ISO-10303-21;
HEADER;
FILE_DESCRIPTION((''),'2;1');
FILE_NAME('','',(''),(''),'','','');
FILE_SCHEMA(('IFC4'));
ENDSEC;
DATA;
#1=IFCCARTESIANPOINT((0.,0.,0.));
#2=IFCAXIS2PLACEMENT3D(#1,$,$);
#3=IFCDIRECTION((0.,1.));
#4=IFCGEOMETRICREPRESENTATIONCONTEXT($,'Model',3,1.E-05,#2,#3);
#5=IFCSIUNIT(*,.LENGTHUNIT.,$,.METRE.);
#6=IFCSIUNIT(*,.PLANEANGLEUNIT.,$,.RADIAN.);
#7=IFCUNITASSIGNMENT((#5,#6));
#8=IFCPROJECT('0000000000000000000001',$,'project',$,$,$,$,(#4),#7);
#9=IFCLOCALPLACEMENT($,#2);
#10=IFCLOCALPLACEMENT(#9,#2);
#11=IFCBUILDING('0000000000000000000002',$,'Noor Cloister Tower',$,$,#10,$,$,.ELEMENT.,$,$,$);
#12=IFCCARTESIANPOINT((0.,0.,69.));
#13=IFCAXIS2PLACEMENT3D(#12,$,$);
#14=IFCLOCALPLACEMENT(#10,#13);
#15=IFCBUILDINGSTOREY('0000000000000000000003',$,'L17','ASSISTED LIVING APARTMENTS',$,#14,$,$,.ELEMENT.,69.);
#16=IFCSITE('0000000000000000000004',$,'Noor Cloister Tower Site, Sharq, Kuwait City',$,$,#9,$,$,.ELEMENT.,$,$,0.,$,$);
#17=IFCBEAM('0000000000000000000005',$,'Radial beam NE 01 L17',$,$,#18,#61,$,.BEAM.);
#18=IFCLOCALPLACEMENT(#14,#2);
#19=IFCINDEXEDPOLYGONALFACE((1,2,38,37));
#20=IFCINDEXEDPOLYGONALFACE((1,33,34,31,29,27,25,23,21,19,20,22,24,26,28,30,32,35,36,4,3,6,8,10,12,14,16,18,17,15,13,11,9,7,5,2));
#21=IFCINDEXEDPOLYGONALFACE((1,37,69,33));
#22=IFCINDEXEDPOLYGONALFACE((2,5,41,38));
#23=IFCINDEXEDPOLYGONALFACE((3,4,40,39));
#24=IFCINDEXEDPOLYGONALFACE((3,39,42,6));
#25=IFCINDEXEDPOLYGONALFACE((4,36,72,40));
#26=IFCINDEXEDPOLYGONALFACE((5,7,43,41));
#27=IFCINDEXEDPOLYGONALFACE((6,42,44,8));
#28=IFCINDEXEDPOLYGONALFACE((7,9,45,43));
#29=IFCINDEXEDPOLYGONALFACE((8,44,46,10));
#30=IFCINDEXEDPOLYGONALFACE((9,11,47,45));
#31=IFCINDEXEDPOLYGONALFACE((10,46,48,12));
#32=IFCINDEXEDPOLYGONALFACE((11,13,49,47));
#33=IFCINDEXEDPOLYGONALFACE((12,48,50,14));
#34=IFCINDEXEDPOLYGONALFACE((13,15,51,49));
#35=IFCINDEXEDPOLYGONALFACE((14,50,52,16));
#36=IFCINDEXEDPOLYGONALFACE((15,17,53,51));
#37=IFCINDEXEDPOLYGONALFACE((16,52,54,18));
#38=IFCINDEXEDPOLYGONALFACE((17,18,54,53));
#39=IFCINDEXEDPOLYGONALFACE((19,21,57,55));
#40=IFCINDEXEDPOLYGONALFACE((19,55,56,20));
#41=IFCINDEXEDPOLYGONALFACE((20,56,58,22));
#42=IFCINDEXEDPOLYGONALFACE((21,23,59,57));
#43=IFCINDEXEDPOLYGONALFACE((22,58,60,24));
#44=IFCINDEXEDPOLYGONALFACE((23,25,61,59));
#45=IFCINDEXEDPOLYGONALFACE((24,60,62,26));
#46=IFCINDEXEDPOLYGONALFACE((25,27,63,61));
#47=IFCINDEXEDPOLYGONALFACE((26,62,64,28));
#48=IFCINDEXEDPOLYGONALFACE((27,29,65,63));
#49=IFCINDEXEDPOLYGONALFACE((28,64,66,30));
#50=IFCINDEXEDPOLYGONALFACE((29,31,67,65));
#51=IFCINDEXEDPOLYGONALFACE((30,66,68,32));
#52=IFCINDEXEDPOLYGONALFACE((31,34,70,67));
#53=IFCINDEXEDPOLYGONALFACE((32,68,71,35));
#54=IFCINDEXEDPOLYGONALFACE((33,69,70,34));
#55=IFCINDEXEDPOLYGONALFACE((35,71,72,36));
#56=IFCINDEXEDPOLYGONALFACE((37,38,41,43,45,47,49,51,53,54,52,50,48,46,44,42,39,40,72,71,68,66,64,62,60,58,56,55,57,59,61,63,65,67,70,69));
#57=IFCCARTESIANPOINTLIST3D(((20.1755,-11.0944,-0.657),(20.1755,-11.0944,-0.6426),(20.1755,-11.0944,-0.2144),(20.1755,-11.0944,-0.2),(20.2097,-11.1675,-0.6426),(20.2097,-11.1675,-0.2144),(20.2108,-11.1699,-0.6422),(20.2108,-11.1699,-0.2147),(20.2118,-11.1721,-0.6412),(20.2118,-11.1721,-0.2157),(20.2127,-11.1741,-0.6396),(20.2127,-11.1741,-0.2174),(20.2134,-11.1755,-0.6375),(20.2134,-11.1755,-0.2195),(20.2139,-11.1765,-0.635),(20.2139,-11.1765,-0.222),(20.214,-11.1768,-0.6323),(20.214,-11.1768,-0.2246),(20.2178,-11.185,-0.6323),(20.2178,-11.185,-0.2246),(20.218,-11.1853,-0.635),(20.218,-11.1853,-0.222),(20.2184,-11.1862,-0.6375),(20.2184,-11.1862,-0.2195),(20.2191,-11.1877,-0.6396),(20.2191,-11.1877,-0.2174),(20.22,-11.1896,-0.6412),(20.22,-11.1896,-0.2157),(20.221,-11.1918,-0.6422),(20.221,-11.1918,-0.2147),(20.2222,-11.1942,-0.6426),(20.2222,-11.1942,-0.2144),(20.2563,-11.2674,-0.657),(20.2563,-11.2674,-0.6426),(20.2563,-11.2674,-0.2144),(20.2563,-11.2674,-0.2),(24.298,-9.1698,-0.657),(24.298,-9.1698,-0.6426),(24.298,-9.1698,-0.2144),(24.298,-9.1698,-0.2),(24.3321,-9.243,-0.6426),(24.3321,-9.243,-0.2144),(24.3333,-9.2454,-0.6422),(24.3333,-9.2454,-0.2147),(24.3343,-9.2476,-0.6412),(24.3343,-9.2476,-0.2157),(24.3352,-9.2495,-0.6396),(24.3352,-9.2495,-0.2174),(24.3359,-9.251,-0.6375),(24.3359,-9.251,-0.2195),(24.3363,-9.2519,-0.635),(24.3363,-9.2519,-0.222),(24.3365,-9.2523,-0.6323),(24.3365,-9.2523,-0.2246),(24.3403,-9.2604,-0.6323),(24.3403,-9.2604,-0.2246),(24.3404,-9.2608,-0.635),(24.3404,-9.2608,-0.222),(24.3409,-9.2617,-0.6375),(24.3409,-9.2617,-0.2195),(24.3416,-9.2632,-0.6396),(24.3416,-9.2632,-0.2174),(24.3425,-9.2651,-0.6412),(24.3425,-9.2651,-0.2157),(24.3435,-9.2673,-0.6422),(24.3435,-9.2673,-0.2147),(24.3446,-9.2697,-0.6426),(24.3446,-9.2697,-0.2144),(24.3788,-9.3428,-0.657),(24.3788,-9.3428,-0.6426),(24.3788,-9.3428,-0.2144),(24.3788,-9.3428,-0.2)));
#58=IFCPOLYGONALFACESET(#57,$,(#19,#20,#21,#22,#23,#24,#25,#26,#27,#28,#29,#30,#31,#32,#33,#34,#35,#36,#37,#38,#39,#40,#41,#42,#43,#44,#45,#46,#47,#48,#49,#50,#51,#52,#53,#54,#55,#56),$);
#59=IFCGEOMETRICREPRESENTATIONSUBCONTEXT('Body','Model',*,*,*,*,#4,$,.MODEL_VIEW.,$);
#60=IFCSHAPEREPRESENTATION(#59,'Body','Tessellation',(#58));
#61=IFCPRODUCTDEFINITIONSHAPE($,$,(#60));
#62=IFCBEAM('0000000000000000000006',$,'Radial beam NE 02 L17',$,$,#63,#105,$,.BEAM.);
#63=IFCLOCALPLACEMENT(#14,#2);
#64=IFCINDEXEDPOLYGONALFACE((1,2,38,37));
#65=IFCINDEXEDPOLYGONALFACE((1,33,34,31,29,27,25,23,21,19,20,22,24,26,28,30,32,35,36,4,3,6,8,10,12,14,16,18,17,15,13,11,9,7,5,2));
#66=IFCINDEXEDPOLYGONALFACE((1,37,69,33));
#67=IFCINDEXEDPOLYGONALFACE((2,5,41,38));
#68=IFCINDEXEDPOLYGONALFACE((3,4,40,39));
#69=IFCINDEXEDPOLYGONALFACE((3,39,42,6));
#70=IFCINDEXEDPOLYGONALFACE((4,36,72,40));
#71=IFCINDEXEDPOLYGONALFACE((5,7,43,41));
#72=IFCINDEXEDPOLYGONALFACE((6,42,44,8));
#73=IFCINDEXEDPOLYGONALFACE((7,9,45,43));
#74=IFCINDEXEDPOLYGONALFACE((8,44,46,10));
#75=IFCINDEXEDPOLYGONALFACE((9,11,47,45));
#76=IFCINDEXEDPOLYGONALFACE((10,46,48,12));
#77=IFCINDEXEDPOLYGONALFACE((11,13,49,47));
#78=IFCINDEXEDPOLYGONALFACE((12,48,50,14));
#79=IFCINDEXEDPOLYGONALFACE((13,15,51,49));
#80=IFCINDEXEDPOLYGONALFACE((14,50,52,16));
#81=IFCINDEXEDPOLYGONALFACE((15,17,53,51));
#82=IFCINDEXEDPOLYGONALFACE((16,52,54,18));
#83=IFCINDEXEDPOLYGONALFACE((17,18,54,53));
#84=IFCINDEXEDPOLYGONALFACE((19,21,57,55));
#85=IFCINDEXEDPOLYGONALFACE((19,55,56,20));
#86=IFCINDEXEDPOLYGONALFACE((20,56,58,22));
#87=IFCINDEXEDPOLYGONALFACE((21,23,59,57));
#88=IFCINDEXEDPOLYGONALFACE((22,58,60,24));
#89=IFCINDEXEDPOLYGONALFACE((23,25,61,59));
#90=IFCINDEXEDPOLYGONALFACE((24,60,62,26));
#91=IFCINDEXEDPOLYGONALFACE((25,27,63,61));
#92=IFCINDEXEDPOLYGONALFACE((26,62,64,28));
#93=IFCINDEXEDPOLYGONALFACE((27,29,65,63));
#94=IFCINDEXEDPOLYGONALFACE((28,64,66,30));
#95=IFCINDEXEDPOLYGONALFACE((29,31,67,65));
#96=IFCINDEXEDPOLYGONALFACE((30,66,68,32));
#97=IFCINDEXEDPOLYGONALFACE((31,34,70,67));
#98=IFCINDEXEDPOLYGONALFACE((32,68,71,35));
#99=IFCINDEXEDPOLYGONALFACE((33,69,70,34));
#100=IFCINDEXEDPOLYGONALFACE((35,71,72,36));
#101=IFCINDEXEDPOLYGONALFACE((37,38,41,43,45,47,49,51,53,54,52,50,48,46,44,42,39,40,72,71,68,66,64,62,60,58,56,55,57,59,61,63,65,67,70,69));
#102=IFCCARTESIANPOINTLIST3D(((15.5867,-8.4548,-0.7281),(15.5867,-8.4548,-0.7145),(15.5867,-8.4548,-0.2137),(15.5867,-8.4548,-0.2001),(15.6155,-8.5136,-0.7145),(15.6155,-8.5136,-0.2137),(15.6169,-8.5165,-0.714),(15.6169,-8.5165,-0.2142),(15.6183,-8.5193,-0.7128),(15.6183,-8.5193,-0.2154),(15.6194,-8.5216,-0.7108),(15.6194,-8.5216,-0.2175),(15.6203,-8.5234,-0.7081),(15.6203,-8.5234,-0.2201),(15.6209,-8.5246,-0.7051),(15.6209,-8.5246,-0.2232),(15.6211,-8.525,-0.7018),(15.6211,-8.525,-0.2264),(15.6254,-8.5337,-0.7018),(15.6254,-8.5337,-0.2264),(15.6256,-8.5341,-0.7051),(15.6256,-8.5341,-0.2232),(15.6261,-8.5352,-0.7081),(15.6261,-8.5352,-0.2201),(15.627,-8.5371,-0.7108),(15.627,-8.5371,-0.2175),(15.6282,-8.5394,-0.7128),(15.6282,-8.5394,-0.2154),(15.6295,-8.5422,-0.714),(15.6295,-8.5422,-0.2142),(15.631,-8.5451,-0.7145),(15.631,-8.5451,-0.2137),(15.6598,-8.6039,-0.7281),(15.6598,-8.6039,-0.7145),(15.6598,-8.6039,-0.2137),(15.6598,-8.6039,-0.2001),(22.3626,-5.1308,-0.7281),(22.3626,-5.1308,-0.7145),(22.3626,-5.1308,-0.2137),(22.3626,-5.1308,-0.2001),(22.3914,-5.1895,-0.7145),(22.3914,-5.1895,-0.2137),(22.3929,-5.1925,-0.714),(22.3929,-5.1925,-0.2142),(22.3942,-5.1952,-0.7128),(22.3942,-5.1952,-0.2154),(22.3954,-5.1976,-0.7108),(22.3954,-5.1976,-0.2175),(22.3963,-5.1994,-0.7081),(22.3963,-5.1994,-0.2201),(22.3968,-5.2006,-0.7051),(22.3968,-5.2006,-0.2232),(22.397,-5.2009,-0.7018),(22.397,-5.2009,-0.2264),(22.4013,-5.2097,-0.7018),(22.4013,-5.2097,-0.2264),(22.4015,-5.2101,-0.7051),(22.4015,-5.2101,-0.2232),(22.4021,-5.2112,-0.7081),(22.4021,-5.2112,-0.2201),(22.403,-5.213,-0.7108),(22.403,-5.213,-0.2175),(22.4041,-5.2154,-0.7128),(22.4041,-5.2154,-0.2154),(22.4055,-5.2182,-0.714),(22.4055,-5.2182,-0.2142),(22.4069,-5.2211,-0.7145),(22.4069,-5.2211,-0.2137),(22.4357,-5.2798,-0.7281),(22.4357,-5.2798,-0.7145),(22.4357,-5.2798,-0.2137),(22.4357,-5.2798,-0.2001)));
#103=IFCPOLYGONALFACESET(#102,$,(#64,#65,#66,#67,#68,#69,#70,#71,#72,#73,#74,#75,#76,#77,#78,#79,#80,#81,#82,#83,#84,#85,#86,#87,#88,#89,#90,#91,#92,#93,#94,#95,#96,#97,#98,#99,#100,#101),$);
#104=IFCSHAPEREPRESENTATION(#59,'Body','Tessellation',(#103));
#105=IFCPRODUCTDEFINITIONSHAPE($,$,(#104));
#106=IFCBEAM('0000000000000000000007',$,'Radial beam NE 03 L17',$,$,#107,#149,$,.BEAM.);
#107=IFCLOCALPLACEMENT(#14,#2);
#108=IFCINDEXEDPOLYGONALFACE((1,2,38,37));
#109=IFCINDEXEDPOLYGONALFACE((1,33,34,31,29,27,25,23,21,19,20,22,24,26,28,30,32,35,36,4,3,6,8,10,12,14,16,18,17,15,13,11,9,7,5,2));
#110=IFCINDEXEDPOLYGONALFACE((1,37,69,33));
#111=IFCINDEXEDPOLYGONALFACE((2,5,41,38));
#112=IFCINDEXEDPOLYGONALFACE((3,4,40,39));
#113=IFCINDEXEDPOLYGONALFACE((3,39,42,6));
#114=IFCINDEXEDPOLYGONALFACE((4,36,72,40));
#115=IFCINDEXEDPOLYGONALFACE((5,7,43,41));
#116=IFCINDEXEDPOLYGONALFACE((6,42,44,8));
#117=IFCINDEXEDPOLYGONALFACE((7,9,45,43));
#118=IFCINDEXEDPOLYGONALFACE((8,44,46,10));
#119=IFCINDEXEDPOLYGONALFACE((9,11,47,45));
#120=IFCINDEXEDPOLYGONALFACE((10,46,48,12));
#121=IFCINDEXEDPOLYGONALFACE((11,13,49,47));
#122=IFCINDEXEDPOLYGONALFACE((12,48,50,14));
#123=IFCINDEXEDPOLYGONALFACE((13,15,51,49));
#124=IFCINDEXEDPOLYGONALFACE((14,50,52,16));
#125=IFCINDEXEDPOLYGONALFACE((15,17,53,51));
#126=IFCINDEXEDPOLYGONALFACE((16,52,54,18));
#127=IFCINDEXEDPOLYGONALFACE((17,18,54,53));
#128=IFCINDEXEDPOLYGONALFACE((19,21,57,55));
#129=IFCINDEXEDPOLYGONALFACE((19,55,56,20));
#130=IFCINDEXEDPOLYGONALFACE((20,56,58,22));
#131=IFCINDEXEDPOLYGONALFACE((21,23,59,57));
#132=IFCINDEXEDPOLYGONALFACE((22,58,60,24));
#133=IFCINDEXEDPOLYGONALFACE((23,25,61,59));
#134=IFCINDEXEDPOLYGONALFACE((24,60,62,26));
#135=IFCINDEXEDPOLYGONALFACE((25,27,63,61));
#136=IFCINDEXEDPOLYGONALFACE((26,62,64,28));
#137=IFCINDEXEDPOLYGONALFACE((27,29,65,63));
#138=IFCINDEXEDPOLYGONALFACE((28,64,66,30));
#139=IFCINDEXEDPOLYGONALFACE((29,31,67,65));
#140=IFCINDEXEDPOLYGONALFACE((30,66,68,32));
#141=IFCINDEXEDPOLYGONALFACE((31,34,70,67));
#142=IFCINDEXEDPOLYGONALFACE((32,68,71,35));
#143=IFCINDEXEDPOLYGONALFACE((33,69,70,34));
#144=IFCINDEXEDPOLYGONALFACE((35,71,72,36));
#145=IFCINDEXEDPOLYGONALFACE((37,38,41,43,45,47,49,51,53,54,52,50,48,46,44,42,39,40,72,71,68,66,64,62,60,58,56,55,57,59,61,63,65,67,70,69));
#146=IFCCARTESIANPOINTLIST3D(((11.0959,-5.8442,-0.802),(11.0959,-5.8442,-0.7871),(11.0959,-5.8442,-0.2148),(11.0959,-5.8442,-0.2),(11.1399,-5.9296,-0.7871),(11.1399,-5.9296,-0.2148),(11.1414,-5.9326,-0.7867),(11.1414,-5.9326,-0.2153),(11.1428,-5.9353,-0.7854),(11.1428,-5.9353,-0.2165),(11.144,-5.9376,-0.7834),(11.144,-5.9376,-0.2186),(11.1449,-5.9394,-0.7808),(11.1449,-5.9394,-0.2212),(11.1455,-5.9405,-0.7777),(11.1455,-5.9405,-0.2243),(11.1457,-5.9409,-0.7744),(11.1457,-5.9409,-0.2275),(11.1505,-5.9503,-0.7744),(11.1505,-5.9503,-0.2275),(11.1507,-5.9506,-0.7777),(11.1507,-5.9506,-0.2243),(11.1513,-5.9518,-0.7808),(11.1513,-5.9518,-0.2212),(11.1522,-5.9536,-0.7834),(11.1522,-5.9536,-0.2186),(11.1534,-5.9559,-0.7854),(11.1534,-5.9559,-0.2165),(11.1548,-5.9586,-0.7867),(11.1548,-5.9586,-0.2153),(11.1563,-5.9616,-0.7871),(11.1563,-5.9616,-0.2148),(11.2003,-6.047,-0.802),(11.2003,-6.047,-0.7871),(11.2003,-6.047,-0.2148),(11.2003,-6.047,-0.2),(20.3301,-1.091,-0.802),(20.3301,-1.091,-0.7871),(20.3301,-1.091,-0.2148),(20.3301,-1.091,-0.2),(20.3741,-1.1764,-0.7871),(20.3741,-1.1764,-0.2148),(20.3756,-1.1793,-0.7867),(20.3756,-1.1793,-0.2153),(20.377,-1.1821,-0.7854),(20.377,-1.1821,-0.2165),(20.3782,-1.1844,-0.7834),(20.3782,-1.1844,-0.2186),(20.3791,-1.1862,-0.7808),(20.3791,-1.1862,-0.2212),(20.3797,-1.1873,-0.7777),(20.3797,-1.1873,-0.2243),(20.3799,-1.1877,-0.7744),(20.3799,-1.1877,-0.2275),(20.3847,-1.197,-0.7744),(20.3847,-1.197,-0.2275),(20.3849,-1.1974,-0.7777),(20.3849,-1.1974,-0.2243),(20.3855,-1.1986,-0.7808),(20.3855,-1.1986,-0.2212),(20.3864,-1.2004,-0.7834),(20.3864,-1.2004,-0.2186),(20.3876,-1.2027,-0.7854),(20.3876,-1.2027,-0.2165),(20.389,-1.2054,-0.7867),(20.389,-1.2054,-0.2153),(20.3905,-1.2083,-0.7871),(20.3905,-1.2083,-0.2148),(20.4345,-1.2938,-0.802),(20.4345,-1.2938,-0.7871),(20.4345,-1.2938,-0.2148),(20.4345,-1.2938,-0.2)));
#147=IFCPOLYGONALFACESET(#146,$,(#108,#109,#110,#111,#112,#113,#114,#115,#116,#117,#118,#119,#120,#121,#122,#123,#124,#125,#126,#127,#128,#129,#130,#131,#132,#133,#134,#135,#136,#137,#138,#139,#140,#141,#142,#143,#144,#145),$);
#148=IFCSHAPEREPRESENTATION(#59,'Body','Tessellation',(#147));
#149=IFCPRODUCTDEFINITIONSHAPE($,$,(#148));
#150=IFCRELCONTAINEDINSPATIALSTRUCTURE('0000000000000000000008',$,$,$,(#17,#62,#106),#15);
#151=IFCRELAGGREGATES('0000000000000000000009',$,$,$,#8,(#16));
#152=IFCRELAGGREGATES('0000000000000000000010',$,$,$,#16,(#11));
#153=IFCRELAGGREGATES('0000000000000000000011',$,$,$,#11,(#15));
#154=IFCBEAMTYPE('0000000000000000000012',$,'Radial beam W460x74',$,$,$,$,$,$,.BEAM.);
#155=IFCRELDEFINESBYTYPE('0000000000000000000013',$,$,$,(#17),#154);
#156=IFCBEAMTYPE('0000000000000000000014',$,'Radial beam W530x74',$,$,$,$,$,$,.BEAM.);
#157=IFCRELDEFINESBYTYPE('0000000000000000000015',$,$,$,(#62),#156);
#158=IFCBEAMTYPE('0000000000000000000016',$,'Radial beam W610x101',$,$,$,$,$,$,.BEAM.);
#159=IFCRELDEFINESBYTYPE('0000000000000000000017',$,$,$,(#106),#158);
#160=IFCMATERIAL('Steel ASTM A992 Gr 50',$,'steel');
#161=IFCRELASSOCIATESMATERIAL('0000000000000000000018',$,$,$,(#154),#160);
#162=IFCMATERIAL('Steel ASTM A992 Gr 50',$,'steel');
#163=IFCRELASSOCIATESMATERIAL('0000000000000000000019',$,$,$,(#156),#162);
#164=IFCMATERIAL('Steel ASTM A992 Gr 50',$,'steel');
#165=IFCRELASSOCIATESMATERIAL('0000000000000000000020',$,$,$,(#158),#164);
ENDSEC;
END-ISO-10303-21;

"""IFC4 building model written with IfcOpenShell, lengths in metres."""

from ifc_helpers import new_model, si_unit, direction, frame, origin, origin_2d, place, context, subcontext, project, spatial, i_section, extrude, material, material_profile, profile_set, type_object, element, save


model = new_model("IFC4")

# Units and contexts
model_context = context("Model", 3, precision=1e-05, world=origin(), true_north=direction((0.0, 1.0)))
body_context = subcontext(model_context, "Body", "Model", "MODEL_VIEW")
ifc_project = project(units=[si_unit("LENGTHUNIT", "METRE"), si_unit("PLANEANGLEUNIT", "RADIAN")], contexts=[model_context])

# Site, building, storey
site_placement = place(None, origin())
site = spatial("IfcSite", under=ifc_project, at=site_placement, Name="Noor Cloister Tower Site, Sharq, Kuwait City", CompositionType="ELEMENT", RefElevation=0.0)
building_placement = place(site_placement, origin())
building = spatial("IfcBuilding", under=site, at=building_placement, Name="Noor Cloister Tower", CompositionType="ELEMENT")
storey_placement = place(building_placement, frame((0.0, 0.0, 69.0)))
storey = spatial("IfcBuildingStorey", under=building, at=storey_placement, Name="L17", Description="ASSISTED LIVING APARTMENTS", CompositionType="ELEMENT", Elevation=69.0)

# Beams
ifc_material_1 = material(Name="Steel ASTM A992 Gr 50", Category="steel")
ifc_material_profile_1 = material_profile(ifc_material_1, i_section(OverallWidth=0.1909, OverallDepth=0.457, WebThickness=0.009, FlangeThickness=0.0144, FilletRadius=0.0103, at=origin_2d()), Name="W460x74")
ifc_profile_set_1 = profile_set([ifc_material_profile_1], Name="Steel ASTM A992 Gr 50")
beam_type_1 = type_object("IfcBeamType", Name="Radial beam W460x74", PredefinedType="BEAM", material=ifc_profile_set_1)
beam_1_placement = place(storey_placement, frame((24.3384, -9.2563, -0.4285), z_axis=(-0.906124, -0.423012, 0.0), x_axis=(0.423012, -0.906124, 0.0)))
element("IfcBeam", 1, at=beam_1_placement, inside=storey, type_object=beam_type_1, Name="Radial beam NE 01 L17", PredefinedType="BEAM", context=body_context, shape_type="SweptSolid", body=[
    extrude(i_section(OverallWidth=0.1909, OverallDepth=0.457, WebThickness=0.009, FlangeThickness=0.0144, FilletRadius=0.0103, at=origin_2d()), origin(), (0.0, 0.0, 1.0), 4.5496),
])
ifc_material_2 = material(Name="Steel ASTM A992 Gr 50", Category="steel")
ifc_material_profile_2 = material_profile(ifc_material_2, i_section(OverallWidth=0.166, OverallDepth=0.5281, WebThickness=0.0098, FlangeThickness=0.0137, FilletRadius=0.0127, at=origin_2d()), Name="W530x74")
ifc_profile_set_2 = profile_set([ifc_material_profile_2], Name="Steel ASTM A992 Gr 50")
beam_type_2 = type_object("IfcBeamType", Name="Radial beam W530x74", PredefinedType="BEAM", material=ifc_profile_set_2)
beam_2_placement = place(storey_placement, frame((22.3992, -5.2053, -0.4641), z_axis=(-0.897792, -0.440421, 0.0), x_axis=(0.440421, -0.897792, 0.0)))
element("IfcBeam", 2, at=beam_2_placement, inside=storey, type_object=beam_type_2, Name="Radial beam NE 02 L17", PredefinedType="BEAM", context=body_context, shape_type="SweptSolid", body=[
    extrude(i_section(OverallWidth=0.166, OverallDepth=0.5281, WebThickness=0.0098, FlangeThickness=0.0137, FilletRadius=0.0127, at=origin_2d()), origin(), (0.0, 0.0, 1.0), 7.5474),
])
ifc_material_3 = material(Name="Steel ASTM A992 Gr 50", Category="steel")
ifc_material_profile_3 = material_profile(ifc_material_3, i_section(OverallWidth=0.228, OverallDepth=0.6021, WebThickness=0.0105, FlangeThickness=0.0149, FilletRadius=0.0127, at=origin_2d()), Name="W610x101")
ifc_profile_set_3 = profile_set([ifc_material_profile_3], Name="Steel ASTM A992 Gr 50")
beam_type_3 = type_object("IfcBeamType", Name="Radial beam W610x101", PredefinedType="BEAM", material=ifc_profile_set_3)
beam_3_placement = place(storey_placement, frame((20.3823, -1.1924, -0.501), z_axis=(-0.889124, -0.457667, 0.0), x_axis=(0.457667, -0.889124, 0.0)))
element("IfcBeam", 3, at=beam_3_placement, inside=storey, type_object=beam_type_3, Name="Radial beam NE 03 L17", PredefinedType="BEAM", context=body_context, shape_type="SweptSolid", body=[
    extrude(i_section(OverallWidth=0.228, OverallDepth=0.6021, WebThickness=0.0105, FlangeThickness=0.0149, FilletRadius=0.0127, at=origin_2d()), origin(), (0.0, 0.0, 1.0), 10.3857),
])

save(model, "model.ifc")
